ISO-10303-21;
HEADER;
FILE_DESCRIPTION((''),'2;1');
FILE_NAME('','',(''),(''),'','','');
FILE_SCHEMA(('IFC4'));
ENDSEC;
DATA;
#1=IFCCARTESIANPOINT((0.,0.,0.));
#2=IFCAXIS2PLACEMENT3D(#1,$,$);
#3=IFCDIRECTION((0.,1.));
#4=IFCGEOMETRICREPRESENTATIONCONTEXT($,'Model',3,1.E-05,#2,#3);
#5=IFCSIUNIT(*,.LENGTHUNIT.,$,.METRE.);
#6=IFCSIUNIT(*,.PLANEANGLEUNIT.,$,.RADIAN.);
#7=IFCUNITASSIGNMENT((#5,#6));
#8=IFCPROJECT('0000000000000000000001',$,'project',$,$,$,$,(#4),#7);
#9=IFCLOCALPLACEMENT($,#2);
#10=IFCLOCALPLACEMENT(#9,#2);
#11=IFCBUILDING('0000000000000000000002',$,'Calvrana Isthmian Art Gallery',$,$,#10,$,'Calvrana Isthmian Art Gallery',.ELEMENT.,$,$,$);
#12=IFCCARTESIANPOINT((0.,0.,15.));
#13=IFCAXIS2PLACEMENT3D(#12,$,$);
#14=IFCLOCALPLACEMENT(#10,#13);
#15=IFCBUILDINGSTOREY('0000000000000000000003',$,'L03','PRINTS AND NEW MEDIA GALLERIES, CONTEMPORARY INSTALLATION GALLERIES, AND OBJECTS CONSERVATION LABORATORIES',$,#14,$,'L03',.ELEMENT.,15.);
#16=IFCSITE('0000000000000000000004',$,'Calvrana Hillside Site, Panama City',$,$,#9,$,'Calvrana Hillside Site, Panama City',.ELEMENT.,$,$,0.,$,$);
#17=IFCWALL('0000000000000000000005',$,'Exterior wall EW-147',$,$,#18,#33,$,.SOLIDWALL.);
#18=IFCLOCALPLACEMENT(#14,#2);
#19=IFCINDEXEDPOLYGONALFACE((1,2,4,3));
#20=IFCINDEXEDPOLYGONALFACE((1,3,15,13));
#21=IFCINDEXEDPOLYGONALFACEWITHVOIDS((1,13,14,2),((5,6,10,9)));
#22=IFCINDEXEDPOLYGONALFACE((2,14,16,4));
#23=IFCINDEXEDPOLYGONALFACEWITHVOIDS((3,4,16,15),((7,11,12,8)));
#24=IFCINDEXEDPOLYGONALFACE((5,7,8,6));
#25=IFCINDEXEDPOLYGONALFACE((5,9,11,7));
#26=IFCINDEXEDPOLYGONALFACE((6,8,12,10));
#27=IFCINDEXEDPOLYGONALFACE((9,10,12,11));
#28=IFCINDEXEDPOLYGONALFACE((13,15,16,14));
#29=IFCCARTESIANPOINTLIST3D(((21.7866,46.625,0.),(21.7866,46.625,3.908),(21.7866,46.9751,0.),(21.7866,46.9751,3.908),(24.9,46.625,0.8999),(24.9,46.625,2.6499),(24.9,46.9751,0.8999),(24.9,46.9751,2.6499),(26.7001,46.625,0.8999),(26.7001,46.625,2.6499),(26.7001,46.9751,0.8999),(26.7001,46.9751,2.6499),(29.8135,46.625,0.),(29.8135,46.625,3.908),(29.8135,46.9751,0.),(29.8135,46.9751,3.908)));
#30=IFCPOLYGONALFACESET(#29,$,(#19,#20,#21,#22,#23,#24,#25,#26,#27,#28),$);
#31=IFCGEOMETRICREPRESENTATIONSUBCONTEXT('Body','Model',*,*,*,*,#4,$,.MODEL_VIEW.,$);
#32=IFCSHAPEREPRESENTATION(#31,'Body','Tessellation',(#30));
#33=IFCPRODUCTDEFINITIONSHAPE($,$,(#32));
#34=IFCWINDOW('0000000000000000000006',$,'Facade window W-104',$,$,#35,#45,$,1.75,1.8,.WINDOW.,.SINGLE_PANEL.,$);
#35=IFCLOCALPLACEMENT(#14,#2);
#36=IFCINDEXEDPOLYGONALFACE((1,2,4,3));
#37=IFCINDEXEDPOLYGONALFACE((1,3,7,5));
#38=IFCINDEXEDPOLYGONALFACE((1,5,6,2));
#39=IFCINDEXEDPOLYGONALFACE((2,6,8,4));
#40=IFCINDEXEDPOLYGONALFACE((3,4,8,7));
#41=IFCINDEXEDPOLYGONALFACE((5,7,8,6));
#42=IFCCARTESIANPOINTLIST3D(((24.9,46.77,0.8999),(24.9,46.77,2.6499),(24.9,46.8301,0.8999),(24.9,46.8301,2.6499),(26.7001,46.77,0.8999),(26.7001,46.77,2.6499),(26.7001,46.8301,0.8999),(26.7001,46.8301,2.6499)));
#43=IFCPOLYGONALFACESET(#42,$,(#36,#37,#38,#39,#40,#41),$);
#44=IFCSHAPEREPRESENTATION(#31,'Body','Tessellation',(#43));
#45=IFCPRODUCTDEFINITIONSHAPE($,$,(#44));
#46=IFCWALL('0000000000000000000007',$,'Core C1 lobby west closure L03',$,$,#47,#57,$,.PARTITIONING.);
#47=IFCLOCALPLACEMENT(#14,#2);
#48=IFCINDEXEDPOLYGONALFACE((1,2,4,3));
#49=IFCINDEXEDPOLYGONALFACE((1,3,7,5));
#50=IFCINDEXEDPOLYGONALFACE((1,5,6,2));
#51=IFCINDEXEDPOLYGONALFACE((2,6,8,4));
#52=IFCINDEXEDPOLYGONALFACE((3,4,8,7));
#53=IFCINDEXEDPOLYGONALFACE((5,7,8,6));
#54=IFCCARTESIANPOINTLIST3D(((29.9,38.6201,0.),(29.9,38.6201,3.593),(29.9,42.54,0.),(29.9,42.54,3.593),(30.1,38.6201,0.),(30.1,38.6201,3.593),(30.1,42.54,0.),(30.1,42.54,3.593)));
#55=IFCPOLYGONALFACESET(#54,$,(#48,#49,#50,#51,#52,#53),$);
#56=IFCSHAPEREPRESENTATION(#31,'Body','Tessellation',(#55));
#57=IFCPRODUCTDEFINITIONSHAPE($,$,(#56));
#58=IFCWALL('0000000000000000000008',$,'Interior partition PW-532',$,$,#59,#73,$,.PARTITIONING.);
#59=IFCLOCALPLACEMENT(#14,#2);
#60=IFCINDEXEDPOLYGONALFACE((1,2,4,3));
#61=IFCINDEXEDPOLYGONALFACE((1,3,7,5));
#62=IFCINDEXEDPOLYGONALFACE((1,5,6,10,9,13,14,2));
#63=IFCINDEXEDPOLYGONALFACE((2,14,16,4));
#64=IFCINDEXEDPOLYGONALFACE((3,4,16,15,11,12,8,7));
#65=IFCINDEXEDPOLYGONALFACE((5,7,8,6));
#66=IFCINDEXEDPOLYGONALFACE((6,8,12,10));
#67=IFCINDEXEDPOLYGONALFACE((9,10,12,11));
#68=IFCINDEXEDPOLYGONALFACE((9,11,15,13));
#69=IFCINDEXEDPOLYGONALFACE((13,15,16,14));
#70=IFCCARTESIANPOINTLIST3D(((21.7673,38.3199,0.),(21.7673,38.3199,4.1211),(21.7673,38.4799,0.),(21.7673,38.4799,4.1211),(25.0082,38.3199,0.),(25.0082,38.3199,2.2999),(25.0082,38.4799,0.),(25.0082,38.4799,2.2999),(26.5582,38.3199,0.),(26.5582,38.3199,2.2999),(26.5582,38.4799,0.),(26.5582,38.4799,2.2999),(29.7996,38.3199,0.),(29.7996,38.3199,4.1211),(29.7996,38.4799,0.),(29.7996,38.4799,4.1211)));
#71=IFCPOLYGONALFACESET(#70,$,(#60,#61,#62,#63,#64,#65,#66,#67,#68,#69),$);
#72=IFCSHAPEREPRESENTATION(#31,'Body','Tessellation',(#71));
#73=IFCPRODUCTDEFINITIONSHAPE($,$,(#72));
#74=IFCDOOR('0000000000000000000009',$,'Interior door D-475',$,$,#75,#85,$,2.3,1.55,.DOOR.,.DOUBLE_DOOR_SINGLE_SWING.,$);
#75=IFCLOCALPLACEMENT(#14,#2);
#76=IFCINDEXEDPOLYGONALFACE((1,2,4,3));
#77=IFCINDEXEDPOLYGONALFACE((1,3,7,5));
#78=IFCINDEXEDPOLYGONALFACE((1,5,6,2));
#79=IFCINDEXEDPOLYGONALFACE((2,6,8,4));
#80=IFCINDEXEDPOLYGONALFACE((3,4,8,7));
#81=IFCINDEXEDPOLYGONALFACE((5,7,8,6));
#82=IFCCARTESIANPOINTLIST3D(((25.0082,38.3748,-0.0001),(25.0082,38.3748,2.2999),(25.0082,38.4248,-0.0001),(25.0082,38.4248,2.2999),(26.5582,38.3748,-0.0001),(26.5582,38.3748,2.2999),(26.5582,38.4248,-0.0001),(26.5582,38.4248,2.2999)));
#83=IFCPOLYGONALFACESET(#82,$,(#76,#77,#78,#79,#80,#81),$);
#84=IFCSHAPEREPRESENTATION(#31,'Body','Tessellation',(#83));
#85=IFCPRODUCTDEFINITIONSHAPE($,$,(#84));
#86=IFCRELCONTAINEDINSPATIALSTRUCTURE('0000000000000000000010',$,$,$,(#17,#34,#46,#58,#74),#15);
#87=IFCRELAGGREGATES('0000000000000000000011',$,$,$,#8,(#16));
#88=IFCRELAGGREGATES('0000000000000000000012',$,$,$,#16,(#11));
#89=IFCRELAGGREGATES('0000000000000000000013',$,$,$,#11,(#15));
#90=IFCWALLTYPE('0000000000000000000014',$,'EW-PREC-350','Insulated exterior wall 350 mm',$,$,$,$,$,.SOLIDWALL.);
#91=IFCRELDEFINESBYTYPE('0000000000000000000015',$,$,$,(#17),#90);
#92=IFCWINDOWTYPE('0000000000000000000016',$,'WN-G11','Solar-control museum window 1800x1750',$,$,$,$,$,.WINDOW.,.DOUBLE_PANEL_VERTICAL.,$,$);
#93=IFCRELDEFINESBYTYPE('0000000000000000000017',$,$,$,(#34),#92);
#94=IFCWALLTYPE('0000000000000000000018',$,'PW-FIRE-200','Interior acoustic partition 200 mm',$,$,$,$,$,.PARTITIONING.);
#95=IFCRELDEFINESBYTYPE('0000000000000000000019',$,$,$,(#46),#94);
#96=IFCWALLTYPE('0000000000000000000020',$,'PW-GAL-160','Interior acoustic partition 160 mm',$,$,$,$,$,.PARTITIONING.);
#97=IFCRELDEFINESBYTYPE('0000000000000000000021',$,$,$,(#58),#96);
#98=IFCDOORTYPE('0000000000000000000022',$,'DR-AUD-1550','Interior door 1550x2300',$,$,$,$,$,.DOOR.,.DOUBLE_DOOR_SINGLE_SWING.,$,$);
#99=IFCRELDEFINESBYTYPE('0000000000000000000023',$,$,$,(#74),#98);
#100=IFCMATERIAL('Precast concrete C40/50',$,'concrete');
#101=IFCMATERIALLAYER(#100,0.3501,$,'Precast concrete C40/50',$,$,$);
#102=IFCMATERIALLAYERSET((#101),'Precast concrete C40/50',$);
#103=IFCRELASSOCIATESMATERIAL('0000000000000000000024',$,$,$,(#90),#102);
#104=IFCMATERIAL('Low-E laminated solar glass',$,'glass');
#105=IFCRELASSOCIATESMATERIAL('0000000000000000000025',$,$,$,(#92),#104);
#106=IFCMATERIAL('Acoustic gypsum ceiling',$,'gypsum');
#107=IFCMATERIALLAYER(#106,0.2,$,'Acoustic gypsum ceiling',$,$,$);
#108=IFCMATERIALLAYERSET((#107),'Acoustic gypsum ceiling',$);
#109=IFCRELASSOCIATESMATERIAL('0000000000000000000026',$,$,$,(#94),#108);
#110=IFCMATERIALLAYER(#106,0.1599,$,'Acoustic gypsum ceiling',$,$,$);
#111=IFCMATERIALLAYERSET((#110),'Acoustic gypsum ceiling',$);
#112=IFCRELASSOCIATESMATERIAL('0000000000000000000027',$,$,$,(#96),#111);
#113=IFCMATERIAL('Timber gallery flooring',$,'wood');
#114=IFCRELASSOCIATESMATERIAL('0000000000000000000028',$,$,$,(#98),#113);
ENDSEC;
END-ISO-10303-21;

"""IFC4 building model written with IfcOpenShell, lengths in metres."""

from ifc_helpers import new_model, si_unit, direction, frame, frame_2d, origin, place, context, subcontext, project, spatial, rectangle, extrude, material, layer, layer_set, type_object, element, fill, save


model = new_model("IFC4")

# Units and contexts
model_context = context("Model", 3, precision=1e-05, world=origin(), true_north=direction((0.0, 1.0)))
body_context = subcontext(model_context, "Body", "Model", "MODEL_VIEW")
ifc_project = project(units=[si_unit("LENGTHUNIT", "METRE"), si_unit("PLANEANGLEUNIT", "RADIAN")], contexts=[model_context])

# Site, building, storey
site_placement = place(None, origin())
site = spatial("IfcSite", under=ifc_project, at=site_placement, Name="Calvrana Hillside Site, Panama City", LongName="Calvrana Hillside Site, Panama City", CompositionType="ELEMENT", RefElevation=0.0)
building_placement = place(site_placement, origin())
building = spatial("IfcBuilding", under=site, at=building_placement, Name="Calvrana Isthmian Art Gallery", LongName="Calvrana Isthmian Art Gallery", CompositionType="ELEMENT")
storey_placement = place(building_placement, frame((0.0, 0.0, 15.0)))
storey = spatial("IfcBuildingStorey", under=building, at=storey_placement, Name="L03", Description="PRINTS AND NEW MEDIA GALLERIES, CONTEMPORARY INSTALLATION GALLERIES, AND OBJECTS CONSERVATION LABORATORIES", LongName="L03", CompositionType="ELEMENT", Elevation=15.0)

# Wall, opening, window
ifc_material_1 = material(Name="Precast concrete C40/50", Category="concrete")
ifc_material_2 = material(Name="Low-E laminated solar glass", Category="glass")
ifc_layer_1 = layer(ifc_material_1, 0.3501, Name="Precast concrete C40/50")
ifc_layer_set_1 = layer_set([ifc_layer_1], Name="Precast concrete C40/50")
wall_type_1 = type_object("IfcWallType", Name="EW-PREC-350", Description="Insulated exterior wall 350 mm", PredefinedType="SOLIDWALL", material=ifc_layer_set_1)
wall_1_placement = place(storey_placement, frame((21.7866, 46.8, 0.0), z_axis=(0.0, 0.0, 1.0), x_axis=(1.0, 0.0, 0.0)))
wall_1 = element("IfcWall", 1, at=wall_1_placement, inside=storey, type_object=wall_type_1, Name="Exterior wall EW-147", PredefinedType="SOLIDWALL", context=body_context, shape_type="SweptSolid", body=[
    extrude(rectangle(XDim=8.0269, YDim=0.3501, at=frame_2d((4.0134, 0.0))), origin(), (0.0, 0.0, 1.0), 3.908),
])
opening_1_placement = place(wall_1_placement, frame((3.1135, 0.0, 0.8999)))
opening_1 = element("IfcOpeningElement", 2, at=opening_1_placement, cuts=wall_1, PredefinedType="OPENING", context=body_context, shape_type="SweptSolid", body=[
    extrude(rectangle(XDim=1.8, YDim=1.75, at=frame_2d((0.8999, 0.875))), frame((0.0, 0.1853, 0.0), z_axis=(0.0, -1.0, 0.0), x_axis=(1.0, 0.0, 0.0)), (0.0, 0.0, 1.0), 0.3706),
])
window_type_1 = type_object("IfcWindowType", Name="WN-G11", Description="Solar-control museum window 1800x1750", PartitioningType="DOUBLE_PANEL_VERTICAL", PredefinedType="WINDOW", material=ifc_material_2)
window_1_placement = place(opening_1_placement, origin())
window_1 = element("IfcWindow", 3, at=window_1_placement, inside=storey, type_object=window_type_1, Name="Facade window W-104", OverallHeight=1.75, OverallWidth=1.8, PartitioningType="SINGLE_PANEL", PredefinedType="WINDOW", context=body_context, shape_type="SweptSolid", body=[
    extrude(rectangle(XDim=1.8, YDim=1.75, at=frame_2d((0.8999, 0.875))), frame((0.0, 0.03, 0.0), z_axis=(0.0, -1.0, 0.0), x_axis=(1.0, 0.0, 0.0)), (0.0, 0.0, 1.0), 0.0601),
])
fill(opening_1, window_1)

# Wall
ifc_material_3 = material(Name="Acoustic gypsum ceiling", Category="gypsum")
ifc_layer_2 = layer(ifc_material_3, 0.2, Name="Acoustic gypsum ceiling")
ifc_layer_set_2 = layer_set([ifc_layer_2], Name="Acoustic gypsum ceiling")
wall_type_2 = type_object("IfcWallType", Name="PW-FIRE-200", Description="Interior acoustic partition 200 mm", PredefinedType="PARTITIONING", material=ifc_layer_set_2)
wall_2_placement = place(storey_placement, frame((30.0, 38.6201, 0.0), z_axis=(0.0, 0.0, 1.0), x_axis=(0.0, 1.0, 0.0)))
element("IfcWall", 4, at=wall_2_placement, inside=storey, type_object=wall_type_2, Name="Core C1 lobby west closure L03", PredefinedType="PARTITIONING", context=body_context, shape_type="SweptSolid", body=[
    extrude(rectangle(XDim=3.9199, YDim=0.2, at=frame_2d((1.96, 0.0))), origin(), (0.0, 0.0, 1.0), 3.593),
])

# Wall, opening, door
ifc_layer_3 = layer(ifc_material_3, 0.1599, Name="Acoustic gypsum ceiling")
ifc_layer_set_3 = layer_set([ifc_layer_3], Name="Acoustic gypsum ceiling")
wall_type_3 = type_object("IfcWallType", Name="PW-GAL-160", Description="Interior acoustic partition 160 mm", PredefinedType="PARTITIONING", material=ifc_layer_set_3)
wall_3_placement = place(storey_placement, frame((21.7673, 38.3999, 0.0), z_axis=(0.0, 0.0, 1.0), x_axis=(1.0, 0.0, 0.0)))
wall_3 = element("IfcWall", 5, at=wall_3_placement, inside=storey, type_object=wall_type_3, Name="Interior partition PW-532", PredefinedType="PARTITIONING", context=body_context, shape_type="SweptSolid", body=[
    extrude(rectangle(XDim=8.0322, YDim=0.1599, at=frame_2d((4.0161, 0.0))), origin(), (0.0, 0.0, 1.0), 4.1211),
])
opening_2_placement = place(wall_3_placement, frame((3.241, 0.0, 0.0)))
opening_2 = element("IfcOpeningElement", 6, at=opening_2_placement, cuts=wall_3, PredefinedType="OPENING", context=body_context, shape_type="SweptSolid", body=[
    extrude(rectangle(XDim=1.55, YDim=2.3, at=frame_2d((0.7749, 1.1499))), frame((0.0, 0.0903, 0.0), z_axis=(0.0, -1.0, 0.0), x_axis=(1.0, 0.0, 0.0)), (0.0, 0.0, 1.0), 0.1804),
])
ifc_material_4 = material(Name="Timber gallery flooring", Category="wood")
door_type = type_object("IfcDoorType", Name="DR-AUD-1550", Description="Interior door 1550x2300", OperationType="DOUBLE_DOOR_SINGLE_SWING", PredefinedType="DOOR", material=ifc_material_4)
door_placement = place(opening_2_placement, origin())
door = element("IfcDoor", 7, at=door_placement, inside=storey, type_object=door_type, Name="Interior door D-475", OperationType="DOUBLE_DOOR_SINGLE_SWING", OverallHeight=2.3, OverallWidth=1.55, PredefinedType="DOOR", context=body_context, shape_type="SweptSolid", body=[
    extrude(rectangle(XDim=1.55, YDim=2.3, at=frame_2d((0.7749, 1.1499))), frame((0.0, 0.0249, 0.0), z_axis=(0.0, -1.0, 0.0), x_axis=(1.0, 0.0, 0.0)), (0.0, 0.0, 1.0), 0.05),
])
fill(opening_2, door)

save(model, "model.ifc")
